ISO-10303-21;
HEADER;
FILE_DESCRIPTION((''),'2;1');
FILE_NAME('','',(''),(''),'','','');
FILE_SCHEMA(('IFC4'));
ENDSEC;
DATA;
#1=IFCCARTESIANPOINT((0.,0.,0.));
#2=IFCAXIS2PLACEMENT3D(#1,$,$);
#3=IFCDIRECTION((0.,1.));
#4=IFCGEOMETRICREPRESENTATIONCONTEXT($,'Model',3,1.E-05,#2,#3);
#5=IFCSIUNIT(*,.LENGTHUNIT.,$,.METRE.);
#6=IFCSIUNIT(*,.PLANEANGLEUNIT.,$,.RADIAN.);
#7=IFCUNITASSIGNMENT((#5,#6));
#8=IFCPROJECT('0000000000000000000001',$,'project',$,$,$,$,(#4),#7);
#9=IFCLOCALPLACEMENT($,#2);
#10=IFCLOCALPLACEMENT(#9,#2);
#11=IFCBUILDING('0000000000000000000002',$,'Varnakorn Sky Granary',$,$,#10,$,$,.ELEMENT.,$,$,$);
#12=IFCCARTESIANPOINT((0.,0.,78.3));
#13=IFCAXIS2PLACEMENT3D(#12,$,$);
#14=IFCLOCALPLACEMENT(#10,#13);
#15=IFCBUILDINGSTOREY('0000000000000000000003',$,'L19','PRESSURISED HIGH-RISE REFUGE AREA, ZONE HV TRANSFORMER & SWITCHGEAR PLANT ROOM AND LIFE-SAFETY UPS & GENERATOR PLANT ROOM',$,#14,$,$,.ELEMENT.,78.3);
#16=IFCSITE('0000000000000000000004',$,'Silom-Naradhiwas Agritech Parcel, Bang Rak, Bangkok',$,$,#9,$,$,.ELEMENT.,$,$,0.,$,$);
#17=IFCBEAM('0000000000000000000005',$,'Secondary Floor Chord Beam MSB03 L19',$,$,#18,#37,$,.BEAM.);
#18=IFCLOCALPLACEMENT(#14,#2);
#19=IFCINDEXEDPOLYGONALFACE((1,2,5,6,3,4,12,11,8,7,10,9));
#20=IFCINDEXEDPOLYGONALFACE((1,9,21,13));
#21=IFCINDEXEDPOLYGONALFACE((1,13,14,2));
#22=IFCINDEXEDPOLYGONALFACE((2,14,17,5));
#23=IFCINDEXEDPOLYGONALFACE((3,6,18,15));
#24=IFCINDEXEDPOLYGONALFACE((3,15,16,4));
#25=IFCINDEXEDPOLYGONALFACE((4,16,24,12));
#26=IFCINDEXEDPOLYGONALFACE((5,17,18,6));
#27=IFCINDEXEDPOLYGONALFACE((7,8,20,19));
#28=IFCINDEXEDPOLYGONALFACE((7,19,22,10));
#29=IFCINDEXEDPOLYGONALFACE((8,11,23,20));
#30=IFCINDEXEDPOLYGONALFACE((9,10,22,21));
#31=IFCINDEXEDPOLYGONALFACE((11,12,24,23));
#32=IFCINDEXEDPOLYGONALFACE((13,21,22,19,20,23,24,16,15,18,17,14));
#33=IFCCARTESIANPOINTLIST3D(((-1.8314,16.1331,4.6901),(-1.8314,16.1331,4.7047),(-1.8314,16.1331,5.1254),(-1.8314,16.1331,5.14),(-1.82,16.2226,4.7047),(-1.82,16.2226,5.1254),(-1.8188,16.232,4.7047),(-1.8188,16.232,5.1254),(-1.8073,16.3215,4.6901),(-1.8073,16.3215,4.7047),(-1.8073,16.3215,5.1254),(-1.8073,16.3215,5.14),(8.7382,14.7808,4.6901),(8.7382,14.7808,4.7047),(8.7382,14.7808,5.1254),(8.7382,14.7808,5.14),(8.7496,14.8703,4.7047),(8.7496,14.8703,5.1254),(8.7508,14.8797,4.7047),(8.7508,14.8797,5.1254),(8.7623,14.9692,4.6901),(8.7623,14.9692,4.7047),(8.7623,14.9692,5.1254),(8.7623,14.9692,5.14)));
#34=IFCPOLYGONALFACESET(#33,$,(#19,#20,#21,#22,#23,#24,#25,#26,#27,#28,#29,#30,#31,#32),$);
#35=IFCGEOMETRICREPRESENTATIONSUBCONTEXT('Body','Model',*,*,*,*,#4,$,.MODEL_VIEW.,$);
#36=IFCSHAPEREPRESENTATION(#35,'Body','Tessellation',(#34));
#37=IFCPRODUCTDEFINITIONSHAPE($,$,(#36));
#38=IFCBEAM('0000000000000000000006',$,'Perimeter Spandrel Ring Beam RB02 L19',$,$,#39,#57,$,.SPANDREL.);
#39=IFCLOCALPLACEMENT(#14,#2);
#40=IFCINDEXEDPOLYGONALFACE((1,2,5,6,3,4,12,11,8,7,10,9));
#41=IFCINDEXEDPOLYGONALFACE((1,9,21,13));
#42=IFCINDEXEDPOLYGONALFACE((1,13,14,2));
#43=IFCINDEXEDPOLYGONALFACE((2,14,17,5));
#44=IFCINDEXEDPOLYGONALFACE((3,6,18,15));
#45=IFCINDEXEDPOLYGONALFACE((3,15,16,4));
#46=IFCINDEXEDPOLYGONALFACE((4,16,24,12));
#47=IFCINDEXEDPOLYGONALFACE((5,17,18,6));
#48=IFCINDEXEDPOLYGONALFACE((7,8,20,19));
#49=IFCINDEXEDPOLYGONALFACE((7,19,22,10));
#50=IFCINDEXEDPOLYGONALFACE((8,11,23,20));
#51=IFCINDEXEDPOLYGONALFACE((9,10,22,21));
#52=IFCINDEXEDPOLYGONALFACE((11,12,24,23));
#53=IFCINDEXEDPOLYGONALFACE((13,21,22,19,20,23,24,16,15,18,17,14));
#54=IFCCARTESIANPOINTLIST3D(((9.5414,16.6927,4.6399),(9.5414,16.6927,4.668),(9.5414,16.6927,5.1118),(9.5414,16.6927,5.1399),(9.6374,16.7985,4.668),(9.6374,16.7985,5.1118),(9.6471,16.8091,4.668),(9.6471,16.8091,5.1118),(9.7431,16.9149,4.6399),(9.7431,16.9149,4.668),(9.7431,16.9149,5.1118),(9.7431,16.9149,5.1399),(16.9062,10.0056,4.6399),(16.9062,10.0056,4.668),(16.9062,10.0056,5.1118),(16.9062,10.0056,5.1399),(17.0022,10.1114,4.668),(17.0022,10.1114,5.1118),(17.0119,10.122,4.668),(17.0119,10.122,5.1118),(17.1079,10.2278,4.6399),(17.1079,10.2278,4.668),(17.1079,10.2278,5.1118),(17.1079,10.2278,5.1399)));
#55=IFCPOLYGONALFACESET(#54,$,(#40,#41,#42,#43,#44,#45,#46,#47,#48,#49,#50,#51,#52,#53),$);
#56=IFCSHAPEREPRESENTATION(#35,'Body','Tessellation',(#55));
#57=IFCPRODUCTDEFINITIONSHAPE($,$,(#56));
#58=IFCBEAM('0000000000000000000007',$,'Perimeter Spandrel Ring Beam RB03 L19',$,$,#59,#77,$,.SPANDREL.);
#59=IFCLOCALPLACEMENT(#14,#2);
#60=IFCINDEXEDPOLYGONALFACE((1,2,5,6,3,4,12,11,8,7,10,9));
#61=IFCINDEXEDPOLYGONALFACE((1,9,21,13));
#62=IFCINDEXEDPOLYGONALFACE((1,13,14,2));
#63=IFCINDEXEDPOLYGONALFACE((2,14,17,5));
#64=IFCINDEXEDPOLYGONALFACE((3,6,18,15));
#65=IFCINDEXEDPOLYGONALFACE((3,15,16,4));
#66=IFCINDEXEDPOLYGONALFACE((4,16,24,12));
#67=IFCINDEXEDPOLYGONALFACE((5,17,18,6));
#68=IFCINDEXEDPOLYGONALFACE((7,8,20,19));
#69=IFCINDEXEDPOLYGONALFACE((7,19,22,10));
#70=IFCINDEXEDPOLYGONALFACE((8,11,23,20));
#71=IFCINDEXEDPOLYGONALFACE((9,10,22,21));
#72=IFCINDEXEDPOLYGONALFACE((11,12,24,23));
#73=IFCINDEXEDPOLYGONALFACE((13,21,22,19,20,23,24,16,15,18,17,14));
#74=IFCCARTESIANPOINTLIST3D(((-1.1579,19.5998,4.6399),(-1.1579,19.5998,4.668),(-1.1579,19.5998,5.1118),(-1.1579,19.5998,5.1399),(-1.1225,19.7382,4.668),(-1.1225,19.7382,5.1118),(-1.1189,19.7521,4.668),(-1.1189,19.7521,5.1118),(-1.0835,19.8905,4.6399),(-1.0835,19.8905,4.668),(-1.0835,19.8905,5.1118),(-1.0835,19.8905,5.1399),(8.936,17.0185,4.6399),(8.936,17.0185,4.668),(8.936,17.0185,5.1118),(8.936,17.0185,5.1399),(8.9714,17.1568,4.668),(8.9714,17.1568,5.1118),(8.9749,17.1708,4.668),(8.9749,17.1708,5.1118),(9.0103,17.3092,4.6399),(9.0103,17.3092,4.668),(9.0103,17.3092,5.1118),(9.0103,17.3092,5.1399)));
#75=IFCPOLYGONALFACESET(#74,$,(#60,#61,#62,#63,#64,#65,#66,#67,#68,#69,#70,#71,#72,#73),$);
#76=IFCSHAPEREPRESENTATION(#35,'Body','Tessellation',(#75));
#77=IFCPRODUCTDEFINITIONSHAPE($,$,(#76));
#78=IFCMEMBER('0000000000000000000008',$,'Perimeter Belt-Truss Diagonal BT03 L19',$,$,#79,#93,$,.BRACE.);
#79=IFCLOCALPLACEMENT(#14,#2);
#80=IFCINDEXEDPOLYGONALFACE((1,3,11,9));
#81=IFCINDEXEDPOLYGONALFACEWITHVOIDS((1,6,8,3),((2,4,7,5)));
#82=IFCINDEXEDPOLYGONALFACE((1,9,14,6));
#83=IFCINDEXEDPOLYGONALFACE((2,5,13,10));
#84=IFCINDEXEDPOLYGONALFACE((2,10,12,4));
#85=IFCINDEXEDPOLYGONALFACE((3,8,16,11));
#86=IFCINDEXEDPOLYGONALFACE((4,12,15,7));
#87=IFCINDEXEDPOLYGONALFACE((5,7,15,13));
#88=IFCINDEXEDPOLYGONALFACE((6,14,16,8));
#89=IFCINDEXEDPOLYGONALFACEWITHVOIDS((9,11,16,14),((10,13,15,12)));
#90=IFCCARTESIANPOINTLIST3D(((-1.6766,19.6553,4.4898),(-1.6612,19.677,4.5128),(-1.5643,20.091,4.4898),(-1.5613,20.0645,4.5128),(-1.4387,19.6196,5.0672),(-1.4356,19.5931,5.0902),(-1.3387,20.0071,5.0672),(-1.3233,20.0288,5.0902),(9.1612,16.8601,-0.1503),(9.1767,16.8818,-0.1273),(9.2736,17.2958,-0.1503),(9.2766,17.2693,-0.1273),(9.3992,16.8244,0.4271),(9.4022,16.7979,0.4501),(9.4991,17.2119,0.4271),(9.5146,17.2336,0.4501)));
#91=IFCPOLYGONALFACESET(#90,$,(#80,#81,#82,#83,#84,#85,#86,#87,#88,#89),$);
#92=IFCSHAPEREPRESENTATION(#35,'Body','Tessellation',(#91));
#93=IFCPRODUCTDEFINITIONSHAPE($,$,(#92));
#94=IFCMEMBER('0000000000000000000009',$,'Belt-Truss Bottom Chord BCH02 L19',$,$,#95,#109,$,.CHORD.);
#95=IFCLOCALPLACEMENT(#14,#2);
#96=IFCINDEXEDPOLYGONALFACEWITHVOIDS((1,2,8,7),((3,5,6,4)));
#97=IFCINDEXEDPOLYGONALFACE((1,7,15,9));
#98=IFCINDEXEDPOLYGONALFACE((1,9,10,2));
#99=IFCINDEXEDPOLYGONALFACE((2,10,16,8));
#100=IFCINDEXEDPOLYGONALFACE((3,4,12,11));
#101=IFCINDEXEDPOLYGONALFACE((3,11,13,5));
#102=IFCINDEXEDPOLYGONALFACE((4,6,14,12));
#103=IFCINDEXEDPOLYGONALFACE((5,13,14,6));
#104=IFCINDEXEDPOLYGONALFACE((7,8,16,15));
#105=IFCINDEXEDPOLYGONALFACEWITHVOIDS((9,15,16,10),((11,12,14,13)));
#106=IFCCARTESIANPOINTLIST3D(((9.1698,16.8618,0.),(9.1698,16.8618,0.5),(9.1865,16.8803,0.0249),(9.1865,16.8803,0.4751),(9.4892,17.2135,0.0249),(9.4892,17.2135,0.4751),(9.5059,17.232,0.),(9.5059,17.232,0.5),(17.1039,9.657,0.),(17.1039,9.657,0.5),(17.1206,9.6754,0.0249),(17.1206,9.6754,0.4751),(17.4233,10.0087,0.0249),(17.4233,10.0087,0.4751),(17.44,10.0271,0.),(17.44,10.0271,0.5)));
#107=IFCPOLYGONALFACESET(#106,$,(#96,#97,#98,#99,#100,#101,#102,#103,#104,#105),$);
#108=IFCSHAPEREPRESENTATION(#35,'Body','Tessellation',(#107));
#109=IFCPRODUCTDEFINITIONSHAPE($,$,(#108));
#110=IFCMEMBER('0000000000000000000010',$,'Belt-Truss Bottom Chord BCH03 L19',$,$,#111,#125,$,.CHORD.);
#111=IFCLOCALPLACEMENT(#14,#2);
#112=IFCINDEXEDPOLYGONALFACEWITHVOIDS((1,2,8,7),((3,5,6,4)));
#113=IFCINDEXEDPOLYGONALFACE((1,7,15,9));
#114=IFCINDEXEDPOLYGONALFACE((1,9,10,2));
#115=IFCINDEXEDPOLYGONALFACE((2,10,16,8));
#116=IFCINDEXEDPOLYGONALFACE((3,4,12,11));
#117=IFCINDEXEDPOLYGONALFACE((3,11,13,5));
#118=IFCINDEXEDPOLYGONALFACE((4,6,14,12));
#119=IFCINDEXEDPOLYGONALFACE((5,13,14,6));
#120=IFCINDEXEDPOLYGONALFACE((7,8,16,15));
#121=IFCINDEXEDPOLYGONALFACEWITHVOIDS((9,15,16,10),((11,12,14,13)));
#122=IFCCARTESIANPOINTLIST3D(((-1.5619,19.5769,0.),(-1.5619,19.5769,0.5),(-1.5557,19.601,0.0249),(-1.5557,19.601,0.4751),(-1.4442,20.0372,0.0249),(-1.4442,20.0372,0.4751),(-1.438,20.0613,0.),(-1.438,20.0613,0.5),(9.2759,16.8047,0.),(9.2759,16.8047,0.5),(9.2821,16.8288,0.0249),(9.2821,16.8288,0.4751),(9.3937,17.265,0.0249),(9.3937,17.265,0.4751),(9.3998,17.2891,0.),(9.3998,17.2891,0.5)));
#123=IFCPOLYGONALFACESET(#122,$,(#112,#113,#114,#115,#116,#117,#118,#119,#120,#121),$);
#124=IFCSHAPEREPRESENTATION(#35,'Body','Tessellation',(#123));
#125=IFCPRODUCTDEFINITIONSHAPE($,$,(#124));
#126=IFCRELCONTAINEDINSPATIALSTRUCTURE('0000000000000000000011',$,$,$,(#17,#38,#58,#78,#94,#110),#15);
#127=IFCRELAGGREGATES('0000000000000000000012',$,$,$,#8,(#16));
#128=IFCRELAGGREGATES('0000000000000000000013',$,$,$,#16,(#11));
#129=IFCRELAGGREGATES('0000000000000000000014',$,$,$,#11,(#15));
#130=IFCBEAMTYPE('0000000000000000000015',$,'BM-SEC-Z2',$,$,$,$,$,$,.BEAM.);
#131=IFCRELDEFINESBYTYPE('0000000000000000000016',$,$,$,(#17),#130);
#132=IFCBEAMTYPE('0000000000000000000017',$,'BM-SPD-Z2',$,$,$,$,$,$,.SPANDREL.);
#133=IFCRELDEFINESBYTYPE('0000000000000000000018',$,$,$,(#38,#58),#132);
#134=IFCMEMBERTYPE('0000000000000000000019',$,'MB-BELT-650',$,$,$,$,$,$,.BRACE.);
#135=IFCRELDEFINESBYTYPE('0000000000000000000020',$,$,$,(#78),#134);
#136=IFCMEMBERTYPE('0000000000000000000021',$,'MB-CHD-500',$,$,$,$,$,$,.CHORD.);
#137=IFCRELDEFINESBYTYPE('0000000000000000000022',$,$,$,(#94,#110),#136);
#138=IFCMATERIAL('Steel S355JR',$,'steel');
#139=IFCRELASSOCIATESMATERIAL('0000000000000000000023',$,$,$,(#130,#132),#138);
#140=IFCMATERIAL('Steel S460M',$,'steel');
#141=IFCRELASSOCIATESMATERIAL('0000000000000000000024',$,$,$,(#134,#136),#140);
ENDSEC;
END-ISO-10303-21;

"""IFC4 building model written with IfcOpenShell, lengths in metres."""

from ifc_helpers import new_model, si_unit, direction, frame, origin, origin_2d, place, context, subcontext, project, spatial, hollow_rectangle, i_section, extrude, material, material_profile, profile_set, type_object, element, save


model = new_model("IFC4")

# Units and contexts
model_context = context("Model", 3, precision=1e-05, world=origin(), true_north=direction((0.0, 1.0)))
body_context = subcontext(model_context, "Body", "Model", "MODEL_VIEW")
ifc_project = project(units=[si_unit("LENGTHUNIT", "METRE"), si_unit("PLANEANGLEUNIT", "RADIAN")], contexts=[model_context])

# Site, building, storey
site_placement = place(None, origin())
site = spatial("IfcSite", under=ifc_project, at=site_placement, Name="Silom-Naradhiwas Agritech Parcel, Bang Rak, Bangkok", CompositionType="ELEMENT", RefElevation=0.0)
building_placement = place(site_placement, origin())
building = spatial("IfcBuilding", under=site, at=building_placement, Name="Varnakorn Sky Granary", CompositionType="ELEMENT")
storey_placement = place(building_placement, frame((0.0, 0.0, 78.3)))
storey = spatial("IfcBuildingStorey", under=building, at=storey_placement, Name="L19", Description="PRESSURISED HIGH-RISE REFUGE AREA, ZONE HV TRANSFORMER & SWITCHGEAR PLANT ROOM AND LIFE-SAFETY UPS & GENERATOR PLANT ROOM", CompositionType="ELEMENT", Elevation=78.3)

# Shared definitions
ifc_material_1 = material(Name="Steel S460M", Category="steel")

# Beams
ifc_material_2 = material(Name="Steel S355JR", Category="steel")
ifc_material_profile_1 = material_profile(ifc_material_2, i_section(OverallWidth=0.1899, OverallDepth=0.45, WebThickness=0.0095, FlangeThickness=0.0146, at=origin_2d()), Name="IPE 450")
ifc_profile_set_1 = profile_set([ifc_material_profile_1], Name="Steel S355JR")
beam_type_1 = type_object("IfcBeamType", Name="BM-SEC-Z2", PredefinedType="BEAM", material=ifc_profile_set_1)
beam_1_placement = place(storey_placement, frame((8.7502, 14.875, 4.915), z_axis=(-0.991915, 0.126908, 0.0), x_axis=(-0.126908, -0.991915, 0.0)))
element("IfcBeam", 1, at=beam_1_placement, inside=storey, type_object=beam_type_1, Name="Secondary Floor Chord Beam MSB03 L19", PredefinedType="BEAM", context=body_context, shape_type="SweptSolid", body=[
    extrude(i_section(OverallWidth=0.1899, OverallDepth=0.45, WebThickness=0.0095, FlangeThickness=0.0146, at=origin_2d()), origin(), (0.0, 0.0, 1.0), 10.6558),
])
ifc_material_profile_2 = material_profile(ifc_material_2, i_section(OverallWidth=0.3, OverallDepth=0.5, WebThickness=0.0144, FlangeThickness=0.0281, at=origin_2d()), Name="HE 500 B")
ifc_profile_set_2 = profile_set([ifc_material_profile_2], Name="Steel S355JR")
beam_type_2 = type_object("IfcBeamType", Name="BM-SPD-Z2", PredefinedType="SPANDREL", material=ifc_profile_set_2)
beam_2_placement = place(storey_placement, frame((17.0071, 10.1167, 4.8899), z_axis=(-0.740351, 0.672221, 0.0), x_axis=(-0.672221, -0.740351, 0.0)))
element("IfcBeam", 2, at=beam_2_placement, inside=storey, type_object=beam_type_2, Name="Perimeter Spandrel Ring Beam RB02 L19", PredefinedType="SPANDREL", context=body_context, shape_type="SweptSolid", body=[
    extrude(i_section(OverallWidth=0.3, OverallDepth=0.5, WebThickness=0.0144, FlangeThickness=0.0281, at=origin_2d()), origin(), (0.0, 0.0, 1.0), 9.9478),
])
beam_3_placement = place(storey_placement, frame((8.9731, 17.1638, 4.8899), z_axis=(-0.968822, 0.247759, 0.0), x_axis=(-0.247759, -0.968822, 0.0)))
element("IfcBeam", 3, at=beam_3_placement, inside=storey, type_object=beam_type_2, Name="Perimeter Spandrel Ring Beam RB03 L19", PredefinedType="SPANDREL", context=body_context, shape_type="SweptSolid", body=[
    extrude(i_section(OverallWidth=0.3, OverallDepth=0.5, WebThickness=0.0144, FlangeThickness=0.0281, at=origin_2d()), origin(), (0.0, 0.0, 1.0), 10.4187),
])

# Members
ifc_material_profile_3 = material_profile(ifc_material_1, hollow_rectangle(XDim=0.45, YDim=0.6499, WallThickness=0.0249, at=origin_2d()), Name="RHS 450x650x25")
ifc_profile_set_3 = profile_set([ifc_material_profile_3], Name="Steel S460M")
member_type_1 = type_object("IfcMemberType", Name="MB-BELT-650", PredefinedType="BRACE", material=ifc_profile_set_3)
member_1_placement = place(storey_placement, frame((9.3379, 17.0469, 0.1499), z_axis=(-0.894492, 0.230695, 0.382968), x_axis=(-0.249735, -0.968314, 0.0)))
element("IfcMember", 4, at=member_1_placement, inside=storey, type_object=member_type_1, Name="Perimeter Belt-Truss Diagonal BT03 L19", PredefinedType="BRACE", context=body_context, shape_type="SweptSolid", body=[
    extrude(hollow_rectangle(XDim=0.45, YDim=0.6499, WallThickness=0.0249, at=origin_2d()), origin(), (0.0, 0.0, 1.0), 12.1162),
])
ifc_material_profile_4 = material_profile(ifc_material_1, hollow_rectangle(XDim=0.5, YDim=0.5, WallThickness=0.0249, at=origin_2d()), Name="SHS 500x500x25")
ifc_profile_set_4 = profile_set([ifc_material_profile_4], Name="Steel S460M")
member_type_2 = type_object("IfcMemberType", Name="MB-CHD-500", PredefinedType="CHORD", material=ifc_profile_set_4)
member_2_placement = place(storey_placement, frame((17.272, 9.842, 0.25), z_axis=(-0.74031, 0.672266, 0.0), x_axis=(-0.672266, -0.74031, 0.0)))
element("IfcMember", 5, at=member_2_placement, inside=storey, type_object=member_type_2, Name="Belt-Truss Bottom Chord BCH02 L19", PredefinedType="CHORD", context=body_context, shape_type="SweptSolid", body=[
    extrude(hollow_rectangle(XDim=0.5, YDim=0.5, WallThickness=0.0249, at=origin_2d()), origin(), (0.0, 0.0, 1.0), 10.7173),
])
member_3_placement = place(storey_placement, frame((9.3379, 17.0469, 0.25), z_axis=(-0.968808, 0.247811, 0.0), x_axis=(-0.247811, -0.968808, 0.0)))
element("IfcMember", 6, at=member_3_placement, inside=storey, type_object=member_type_2, Name="Belt-Truss Bottom Chord BCH03 L19", PredefinedType="CHORD", context=body_context, shape_type="SweptSolid", body=[
    extrude(hollow_rectangle(XDim=0.5, YDim=0.5, WallThickness=0.0249, at=origin_2d()), origin(), (0.0, 0.0, 1.0), 11.1868),
])

save(model, "model.ifc")
